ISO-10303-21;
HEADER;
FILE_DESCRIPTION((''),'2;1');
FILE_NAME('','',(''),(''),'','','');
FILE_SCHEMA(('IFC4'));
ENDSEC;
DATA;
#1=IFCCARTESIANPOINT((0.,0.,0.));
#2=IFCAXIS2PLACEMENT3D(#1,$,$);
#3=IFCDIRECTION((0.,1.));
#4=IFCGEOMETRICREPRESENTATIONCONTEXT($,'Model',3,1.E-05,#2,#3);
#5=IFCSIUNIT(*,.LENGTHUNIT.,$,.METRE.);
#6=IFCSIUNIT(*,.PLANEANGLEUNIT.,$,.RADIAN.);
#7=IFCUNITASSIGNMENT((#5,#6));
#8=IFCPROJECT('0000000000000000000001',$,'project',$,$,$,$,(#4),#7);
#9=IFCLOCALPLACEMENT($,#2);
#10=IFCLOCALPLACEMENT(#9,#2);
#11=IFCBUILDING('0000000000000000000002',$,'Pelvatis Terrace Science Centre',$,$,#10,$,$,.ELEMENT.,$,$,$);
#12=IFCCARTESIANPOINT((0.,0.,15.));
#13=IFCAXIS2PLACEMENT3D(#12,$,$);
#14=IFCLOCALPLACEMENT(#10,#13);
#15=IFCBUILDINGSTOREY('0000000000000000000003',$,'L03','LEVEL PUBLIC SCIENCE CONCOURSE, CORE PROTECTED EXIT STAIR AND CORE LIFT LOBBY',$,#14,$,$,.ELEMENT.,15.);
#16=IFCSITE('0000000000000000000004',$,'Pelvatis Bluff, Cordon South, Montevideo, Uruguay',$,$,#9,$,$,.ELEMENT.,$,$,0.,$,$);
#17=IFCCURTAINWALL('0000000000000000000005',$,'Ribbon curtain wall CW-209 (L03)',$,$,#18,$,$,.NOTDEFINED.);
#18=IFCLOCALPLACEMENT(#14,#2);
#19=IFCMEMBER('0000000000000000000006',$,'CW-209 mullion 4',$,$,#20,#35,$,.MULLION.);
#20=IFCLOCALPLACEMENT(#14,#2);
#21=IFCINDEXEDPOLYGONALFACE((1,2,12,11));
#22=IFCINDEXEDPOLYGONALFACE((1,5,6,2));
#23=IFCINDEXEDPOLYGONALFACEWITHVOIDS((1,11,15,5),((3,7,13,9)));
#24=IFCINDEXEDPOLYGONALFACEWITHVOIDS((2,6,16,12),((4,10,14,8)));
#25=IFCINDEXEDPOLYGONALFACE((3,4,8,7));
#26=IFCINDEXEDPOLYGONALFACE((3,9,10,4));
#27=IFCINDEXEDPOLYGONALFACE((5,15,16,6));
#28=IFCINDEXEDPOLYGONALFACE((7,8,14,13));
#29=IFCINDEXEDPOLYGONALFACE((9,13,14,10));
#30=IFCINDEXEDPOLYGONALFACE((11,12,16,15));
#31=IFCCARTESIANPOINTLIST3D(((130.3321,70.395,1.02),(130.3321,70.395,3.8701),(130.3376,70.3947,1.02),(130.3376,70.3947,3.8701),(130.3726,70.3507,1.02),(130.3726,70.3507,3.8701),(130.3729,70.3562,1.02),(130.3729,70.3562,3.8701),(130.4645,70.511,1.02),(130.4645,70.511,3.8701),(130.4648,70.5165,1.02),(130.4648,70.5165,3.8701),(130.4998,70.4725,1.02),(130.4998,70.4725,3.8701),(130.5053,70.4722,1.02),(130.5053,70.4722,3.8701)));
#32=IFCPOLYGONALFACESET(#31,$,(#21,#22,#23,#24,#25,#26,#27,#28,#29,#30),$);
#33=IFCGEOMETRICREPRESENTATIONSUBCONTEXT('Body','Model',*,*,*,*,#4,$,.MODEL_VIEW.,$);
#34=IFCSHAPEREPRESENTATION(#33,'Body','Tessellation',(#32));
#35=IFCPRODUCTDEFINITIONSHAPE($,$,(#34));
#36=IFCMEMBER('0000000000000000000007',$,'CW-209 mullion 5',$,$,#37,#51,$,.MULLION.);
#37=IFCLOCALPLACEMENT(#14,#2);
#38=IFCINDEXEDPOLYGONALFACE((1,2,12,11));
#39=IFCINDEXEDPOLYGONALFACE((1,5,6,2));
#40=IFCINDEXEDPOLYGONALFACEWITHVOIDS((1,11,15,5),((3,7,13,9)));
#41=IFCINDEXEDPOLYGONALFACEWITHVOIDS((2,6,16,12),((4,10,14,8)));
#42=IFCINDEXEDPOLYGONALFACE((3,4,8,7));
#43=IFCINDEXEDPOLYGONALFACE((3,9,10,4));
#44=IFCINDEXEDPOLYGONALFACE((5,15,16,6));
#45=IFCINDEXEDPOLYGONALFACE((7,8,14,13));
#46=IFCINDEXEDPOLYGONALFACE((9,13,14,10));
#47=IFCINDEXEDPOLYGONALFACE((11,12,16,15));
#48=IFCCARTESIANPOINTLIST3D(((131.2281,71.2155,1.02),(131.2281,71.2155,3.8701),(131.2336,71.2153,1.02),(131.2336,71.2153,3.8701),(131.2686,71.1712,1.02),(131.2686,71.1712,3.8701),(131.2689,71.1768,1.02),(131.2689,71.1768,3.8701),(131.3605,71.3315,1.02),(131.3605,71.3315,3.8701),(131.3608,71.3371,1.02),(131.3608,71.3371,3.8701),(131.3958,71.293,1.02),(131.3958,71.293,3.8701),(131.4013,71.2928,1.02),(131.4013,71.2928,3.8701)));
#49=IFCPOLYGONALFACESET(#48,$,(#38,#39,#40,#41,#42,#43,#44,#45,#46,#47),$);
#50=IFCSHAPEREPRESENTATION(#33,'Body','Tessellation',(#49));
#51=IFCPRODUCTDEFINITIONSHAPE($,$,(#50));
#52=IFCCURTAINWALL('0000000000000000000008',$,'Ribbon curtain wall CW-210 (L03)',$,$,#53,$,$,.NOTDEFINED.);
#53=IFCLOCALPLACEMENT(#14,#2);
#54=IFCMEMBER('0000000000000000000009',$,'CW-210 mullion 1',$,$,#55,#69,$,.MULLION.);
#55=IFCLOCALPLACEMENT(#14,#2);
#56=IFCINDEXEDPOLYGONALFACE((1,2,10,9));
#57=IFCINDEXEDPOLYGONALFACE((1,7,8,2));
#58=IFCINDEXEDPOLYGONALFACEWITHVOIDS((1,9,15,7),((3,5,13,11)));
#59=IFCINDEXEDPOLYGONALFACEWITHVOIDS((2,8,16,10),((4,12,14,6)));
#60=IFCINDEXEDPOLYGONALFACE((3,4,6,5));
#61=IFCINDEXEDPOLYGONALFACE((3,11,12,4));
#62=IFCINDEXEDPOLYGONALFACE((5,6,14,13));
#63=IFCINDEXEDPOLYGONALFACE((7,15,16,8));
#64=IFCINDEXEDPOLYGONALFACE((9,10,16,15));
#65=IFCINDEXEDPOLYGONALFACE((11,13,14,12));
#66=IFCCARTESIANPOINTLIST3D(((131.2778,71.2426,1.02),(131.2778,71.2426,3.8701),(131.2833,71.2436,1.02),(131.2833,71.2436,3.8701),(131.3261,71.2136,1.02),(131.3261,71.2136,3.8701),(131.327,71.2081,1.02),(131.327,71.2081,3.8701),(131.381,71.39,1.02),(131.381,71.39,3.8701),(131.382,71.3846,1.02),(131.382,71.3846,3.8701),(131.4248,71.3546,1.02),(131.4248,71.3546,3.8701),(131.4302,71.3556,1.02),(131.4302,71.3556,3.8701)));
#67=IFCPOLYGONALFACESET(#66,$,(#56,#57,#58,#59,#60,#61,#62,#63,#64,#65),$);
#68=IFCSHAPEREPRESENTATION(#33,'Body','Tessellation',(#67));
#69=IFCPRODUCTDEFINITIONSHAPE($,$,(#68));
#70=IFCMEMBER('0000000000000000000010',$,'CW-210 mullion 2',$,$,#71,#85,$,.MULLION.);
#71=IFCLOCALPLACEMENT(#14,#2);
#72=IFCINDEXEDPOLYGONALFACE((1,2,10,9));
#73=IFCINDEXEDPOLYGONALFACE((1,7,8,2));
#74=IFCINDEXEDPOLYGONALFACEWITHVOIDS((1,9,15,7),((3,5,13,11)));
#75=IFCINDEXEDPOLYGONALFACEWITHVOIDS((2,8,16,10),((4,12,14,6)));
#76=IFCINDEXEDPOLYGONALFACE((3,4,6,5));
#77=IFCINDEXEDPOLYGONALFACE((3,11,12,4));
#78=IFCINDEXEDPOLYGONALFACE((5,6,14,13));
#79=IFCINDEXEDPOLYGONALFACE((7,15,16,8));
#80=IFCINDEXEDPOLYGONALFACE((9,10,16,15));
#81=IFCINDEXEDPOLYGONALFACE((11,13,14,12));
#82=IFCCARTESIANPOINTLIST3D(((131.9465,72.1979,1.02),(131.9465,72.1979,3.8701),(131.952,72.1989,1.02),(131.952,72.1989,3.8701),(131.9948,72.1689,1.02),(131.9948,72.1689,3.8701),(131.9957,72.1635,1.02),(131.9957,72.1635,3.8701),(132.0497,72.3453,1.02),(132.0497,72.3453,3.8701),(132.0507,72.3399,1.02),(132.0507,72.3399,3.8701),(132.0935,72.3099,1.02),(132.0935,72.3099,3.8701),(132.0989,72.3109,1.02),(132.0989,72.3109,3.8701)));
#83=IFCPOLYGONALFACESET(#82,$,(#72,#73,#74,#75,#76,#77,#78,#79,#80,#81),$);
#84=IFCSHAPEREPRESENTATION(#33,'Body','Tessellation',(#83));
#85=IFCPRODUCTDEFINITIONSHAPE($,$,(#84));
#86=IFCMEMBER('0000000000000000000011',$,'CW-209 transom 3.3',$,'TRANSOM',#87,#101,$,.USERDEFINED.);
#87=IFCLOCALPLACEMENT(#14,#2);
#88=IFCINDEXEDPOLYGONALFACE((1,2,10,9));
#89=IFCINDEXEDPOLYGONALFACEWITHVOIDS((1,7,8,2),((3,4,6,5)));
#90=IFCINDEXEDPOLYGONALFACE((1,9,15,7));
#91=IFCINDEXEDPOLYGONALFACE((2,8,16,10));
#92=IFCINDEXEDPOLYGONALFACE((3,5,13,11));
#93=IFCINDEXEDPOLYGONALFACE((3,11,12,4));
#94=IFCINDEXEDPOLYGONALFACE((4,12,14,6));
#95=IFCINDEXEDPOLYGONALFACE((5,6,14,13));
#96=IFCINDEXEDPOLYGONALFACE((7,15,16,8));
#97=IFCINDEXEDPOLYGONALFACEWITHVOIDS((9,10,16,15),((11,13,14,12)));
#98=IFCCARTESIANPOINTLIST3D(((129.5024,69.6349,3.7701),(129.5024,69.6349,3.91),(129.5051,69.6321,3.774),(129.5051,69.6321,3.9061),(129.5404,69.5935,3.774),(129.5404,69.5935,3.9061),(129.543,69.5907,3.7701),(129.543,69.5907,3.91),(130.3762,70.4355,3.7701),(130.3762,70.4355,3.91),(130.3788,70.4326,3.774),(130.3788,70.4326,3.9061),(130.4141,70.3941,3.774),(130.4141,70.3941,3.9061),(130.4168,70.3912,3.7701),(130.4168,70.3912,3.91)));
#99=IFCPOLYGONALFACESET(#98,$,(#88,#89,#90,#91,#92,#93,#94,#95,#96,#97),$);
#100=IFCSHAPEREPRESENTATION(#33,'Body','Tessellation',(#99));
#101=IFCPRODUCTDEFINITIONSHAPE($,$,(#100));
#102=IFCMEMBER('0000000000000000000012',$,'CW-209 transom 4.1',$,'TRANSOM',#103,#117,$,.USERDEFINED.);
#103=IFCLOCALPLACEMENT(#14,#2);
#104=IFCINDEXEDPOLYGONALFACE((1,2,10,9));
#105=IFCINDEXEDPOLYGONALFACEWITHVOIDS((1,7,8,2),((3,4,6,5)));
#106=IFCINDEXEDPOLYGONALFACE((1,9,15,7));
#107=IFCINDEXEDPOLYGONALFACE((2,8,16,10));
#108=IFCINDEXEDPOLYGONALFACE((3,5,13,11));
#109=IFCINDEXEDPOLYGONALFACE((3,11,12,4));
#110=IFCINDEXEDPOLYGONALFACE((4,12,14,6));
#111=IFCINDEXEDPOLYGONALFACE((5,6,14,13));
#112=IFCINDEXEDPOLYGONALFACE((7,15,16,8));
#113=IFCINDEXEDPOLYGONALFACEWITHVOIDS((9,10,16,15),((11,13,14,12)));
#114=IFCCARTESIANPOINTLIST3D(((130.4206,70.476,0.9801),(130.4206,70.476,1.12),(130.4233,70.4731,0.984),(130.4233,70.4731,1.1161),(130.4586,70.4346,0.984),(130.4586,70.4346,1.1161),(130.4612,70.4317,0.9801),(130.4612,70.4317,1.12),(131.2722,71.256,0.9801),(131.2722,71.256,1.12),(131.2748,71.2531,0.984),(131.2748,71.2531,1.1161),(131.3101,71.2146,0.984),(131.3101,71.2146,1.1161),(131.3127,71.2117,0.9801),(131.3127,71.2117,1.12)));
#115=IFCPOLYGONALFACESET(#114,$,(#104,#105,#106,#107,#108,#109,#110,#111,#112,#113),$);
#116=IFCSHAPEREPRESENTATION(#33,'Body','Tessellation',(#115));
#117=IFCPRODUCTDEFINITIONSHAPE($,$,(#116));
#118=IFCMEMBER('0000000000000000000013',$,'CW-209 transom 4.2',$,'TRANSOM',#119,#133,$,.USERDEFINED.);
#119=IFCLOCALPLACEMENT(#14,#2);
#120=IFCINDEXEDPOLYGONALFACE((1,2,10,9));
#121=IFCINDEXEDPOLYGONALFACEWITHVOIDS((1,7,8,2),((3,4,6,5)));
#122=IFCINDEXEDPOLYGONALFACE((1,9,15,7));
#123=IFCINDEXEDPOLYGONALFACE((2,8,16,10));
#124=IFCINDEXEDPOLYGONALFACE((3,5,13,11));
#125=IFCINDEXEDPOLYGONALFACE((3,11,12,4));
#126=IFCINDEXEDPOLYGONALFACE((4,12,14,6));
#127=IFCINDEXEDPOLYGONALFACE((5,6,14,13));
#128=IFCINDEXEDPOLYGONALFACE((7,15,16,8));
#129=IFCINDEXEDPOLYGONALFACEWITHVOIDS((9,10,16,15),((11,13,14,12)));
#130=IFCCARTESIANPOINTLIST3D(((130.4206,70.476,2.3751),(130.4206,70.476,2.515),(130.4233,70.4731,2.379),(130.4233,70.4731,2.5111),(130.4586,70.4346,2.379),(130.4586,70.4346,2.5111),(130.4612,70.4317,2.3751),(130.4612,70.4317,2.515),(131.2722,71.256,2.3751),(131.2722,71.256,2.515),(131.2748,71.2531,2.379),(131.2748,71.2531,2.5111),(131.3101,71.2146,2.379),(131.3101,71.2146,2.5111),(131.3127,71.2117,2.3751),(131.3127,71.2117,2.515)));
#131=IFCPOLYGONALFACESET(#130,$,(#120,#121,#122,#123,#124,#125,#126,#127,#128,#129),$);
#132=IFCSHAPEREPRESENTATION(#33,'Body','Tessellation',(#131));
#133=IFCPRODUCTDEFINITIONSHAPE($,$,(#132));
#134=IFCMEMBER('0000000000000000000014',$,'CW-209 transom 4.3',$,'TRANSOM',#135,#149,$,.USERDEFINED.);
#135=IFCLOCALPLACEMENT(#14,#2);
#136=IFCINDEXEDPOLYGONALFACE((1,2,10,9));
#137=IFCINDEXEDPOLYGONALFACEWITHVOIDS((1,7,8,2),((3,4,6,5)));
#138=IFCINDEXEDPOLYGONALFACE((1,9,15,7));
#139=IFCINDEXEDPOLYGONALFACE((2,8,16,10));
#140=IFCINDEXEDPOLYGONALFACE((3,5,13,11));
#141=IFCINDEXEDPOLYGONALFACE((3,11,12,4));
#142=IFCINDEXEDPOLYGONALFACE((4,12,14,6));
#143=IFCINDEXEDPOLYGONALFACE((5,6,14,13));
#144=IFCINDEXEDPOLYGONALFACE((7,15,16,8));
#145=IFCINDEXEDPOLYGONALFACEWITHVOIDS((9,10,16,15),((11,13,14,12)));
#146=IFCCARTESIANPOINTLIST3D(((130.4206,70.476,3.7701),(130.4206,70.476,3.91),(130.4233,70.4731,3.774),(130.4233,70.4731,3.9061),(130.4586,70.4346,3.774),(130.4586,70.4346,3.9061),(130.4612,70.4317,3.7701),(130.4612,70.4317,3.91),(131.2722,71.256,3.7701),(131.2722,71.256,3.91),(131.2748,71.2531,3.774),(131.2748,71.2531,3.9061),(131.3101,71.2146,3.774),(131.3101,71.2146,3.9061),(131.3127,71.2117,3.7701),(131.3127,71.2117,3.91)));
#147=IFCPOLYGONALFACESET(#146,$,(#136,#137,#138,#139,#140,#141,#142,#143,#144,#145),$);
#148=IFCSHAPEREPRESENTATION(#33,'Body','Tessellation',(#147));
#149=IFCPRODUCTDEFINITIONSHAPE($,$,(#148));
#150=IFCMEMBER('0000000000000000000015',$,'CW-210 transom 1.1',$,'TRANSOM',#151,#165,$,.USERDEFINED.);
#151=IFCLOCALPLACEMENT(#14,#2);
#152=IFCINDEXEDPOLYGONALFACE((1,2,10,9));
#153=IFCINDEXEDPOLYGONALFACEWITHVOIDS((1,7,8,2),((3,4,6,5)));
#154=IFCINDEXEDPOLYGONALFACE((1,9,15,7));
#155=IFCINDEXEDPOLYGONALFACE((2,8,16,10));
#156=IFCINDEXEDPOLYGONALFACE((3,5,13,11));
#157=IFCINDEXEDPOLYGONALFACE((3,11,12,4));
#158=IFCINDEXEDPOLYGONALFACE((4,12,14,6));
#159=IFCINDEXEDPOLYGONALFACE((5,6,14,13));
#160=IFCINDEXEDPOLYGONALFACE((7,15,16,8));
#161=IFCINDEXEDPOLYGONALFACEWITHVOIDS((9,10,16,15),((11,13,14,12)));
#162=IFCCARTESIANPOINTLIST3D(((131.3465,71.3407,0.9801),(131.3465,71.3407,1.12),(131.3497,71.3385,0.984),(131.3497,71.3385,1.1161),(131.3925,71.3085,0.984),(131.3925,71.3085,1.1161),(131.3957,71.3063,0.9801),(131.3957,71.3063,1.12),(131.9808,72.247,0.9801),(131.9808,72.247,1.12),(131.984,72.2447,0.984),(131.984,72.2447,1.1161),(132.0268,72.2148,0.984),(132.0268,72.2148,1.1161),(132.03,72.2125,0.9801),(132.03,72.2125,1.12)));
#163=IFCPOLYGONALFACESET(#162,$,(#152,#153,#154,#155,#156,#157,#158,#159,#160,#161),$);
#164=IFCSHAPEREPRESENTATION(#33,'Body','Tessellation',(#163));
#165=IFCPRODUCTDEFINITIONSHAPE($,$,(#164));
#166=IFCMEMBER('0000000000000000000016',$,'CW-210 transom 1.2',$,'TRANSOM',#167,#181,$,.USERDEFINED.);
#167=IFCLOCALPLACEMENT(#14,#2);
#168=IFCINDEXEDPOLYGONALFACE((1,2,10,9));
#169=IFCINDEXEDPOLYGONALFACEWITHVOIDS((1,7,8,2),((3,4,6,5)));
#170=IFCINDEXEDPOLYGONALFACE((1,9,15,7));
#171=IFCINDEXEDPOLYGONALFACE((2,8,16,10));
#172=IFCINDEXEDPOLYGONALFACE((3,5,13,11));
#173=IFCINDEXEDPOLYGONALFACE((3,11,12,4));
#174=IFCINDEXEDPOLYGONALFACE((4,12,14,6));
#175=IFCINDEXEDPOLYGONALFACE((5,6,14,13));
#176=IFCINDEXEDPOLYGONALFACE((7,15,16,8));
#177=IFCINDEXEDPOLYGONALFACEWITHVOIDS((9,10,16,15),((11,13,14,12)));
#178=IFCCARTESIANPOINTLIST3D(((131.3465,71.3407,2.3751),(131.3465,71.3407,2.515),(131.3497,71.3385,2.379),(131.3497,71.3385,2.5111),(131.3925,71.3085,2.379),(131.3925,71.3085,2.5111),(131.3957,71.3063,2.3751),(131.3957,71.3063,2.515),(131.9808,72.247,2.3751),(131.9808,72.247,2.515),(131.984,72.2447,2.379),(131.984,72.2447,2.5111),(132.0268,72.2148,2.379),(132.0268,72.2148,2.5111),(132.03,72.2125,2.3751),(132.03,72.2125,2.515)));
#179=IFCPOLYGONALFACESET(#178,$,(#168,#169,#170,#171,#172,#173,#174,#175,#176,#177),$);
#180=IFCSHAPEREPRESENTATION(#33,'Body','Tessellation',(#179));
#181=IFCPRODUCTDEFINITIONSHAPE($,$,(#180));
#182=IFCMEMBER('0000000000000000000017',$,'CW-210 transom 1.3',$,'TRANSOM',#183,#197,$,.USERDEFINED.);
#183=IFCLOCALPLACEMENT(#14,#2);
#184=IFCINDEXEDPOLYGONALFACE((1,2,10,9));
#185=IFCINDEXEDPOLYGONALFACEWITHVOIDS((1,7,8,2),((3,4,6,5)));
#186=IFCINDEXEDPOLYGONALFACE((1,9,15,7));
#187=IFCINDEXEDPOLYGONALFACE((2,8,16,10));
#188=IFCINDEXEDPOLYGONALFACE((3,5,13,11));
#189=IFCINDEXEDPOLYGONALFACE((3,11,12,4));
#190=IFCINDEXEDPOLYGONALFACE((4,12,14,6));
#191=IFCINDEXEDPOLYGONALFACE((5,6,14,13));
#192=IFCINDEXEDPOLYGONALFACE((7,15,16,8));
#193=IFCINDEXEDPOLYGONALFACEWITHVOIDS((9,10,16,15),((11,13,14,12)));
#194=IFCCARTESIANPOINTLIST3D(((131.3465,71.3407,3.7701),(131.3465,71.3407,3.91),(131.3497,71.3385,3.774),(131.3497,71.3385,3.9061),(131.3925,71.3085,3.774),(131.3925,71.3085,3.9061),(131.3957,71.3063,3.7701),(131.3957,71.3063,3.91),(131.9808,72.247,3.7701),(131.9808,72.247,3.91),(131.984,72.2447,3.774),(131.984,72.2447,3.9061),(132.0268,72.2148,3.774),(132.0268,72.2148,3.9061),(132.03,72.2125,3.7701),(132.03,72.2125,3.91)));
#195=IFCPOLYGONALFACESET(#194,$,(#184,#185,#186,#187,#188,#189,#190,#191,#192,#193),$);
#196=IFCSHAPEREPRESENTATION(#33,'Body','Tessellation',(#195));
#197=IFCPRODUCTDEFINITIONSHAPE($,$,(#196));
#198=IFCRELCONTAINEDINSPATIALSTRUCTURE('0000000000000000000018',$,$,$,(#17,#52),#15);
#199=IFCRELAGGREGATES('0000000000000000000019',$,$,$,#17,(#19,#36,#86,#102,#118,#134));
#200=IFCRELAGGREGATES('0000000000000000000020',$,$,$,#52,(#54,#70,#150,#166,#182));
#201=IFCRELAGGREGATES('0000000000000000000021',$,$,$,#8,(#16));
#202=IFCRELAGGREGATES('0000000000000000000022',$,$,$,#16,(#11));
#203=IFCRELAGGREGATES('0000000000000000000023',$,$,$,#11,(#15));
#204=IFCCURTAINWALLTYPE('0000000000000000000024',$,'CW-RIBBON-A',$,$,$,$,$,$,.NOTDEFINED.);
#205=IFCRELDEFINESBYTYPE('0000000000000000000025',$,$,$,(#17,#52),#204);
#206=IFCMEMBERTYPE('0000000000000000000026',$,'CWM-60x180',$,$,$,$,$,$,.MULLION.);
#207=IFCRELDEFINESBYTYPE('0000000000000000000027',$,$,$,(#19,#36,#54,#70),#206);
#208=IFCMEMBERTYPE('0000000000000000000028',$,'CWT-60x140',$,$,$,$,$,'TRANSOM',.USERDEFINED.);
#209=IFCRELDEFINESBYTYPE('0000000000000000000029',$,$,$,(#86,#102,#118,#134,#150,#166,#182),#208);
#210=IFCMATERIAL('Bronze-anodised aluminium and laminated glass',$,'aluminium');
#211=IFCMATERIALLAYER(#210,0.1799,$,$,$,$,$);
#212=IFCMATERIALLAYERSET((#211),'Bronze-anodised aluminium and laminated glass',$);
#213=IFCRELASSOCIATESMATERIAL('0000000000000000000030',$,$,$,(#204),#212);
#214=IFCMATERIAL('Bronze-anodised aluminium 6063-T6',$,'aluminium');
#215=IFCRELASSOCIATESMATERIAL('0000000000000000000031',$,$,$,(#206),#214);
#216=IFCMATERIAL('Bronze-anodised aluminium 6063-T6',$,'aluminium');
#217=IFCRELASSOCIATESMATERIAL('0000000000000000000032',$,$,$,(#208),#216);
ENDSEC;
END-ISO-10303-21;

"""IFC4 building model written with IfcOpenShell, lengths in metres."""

from ifc_helpers import new_model, si_unit, direction, frame, origin, origin_2d, place, context, subcontext, project, spatial, hollow_rectangle, extrude, material, layer, layer_set, material_profile, profile_set, type_object, element, aggregate, save


model = new_model("IFC4")

# Units and contexts
model_context = context("Model", 3, precision=1e-05, world=origin(), true_north=direction((0.0, 1.0)))
body_context = subcontext(model_context, "Body", "Model", "MODEL_VIEW")
ifc_project = project(units=[si_unit("LENGTHUNIT", "METRE"), si_unit("PLANEANGLEUNIT", "RADIAN")], contexts=[model_context])

# Site, building, storey
site_placement = place(None, origin())
site = spatial("IfcSite", under=ifc_project, at=site_placement, Name="Pelvatis Bluff, Cordon South, Montevideo, Uruguay", CompositionType="ELEMENT", RefElevation=0.0)
building_placement = place(site_placement, origin())
building = spatial("IfcBuilding", under=site, at=building_placement, Name="Pelvatis Terrace Science Centre", CompositionType="ELEMENT")
storey_placement = place(building_placement, frame((0.0, 0.0, 15.0)))
storey = spatial("IfcBuildingStorey", under=building, at=storey_placement, Name="L03", Description="LEVEL PUBLIC SCIENCE CONCOURSE, CORE PROTECTED EXIT STAIR AND CORE LIFT LOBBY", CompositionType="ELEMENT", Elevation=15.0)

# Curtain walls, members
ifc_material_1 = material(Name="Bronze-anodised aluminium and laminated glass", Category="aluminium")
ifc_layer_1 = layer(ifc_material_1, 0.1799)
ifc_layer_set_1 = layer_set([ifc_layer_1], Name="Bronze-anodised aluminium and laminated glass")
curtain_wall_type = type_object("IfcCurtainWallType", Name="CW-RIBBON-A", PredefinedType="NOTDEFINED", material=ifc_layer_set_1)
curtain_wall_1_placement = place(storey_placement, origin())
curtain_wall_1 = element("IfcCurtainWall", 1, at=curtain_wall_1_placement, inside=storey, type_object=curtain_wall_type, Name="Ribbon curtain wall CW-209 (L03)", PredefinedType="NOTDEFINED")
ifc_material_2 = material(Name="Bronze-anodised aluminium 6063-T6", Category="aluminium")
ifc_material_profile_1 = material_profile(ifc_material_2, hollow_rectangle(XDim=0.0601, YDim=0.1799, WallThickness=0.0039, at=origin_2d()), Name="ALU-MUL 60x180")
ifc_profile_set_1 = profile_set([ifc_material_profile_1], Name="Bronze-anodised aluminium 6063-T6")
member_type_1 = type_object("IfcMemberType", Name="CWM-60x180", PredefinedType="MULLION", material=ifc_profile_set_1)
member_1_placement = place(storey_placement, frame((130.4187, 70.4336, 1.02), z_axis=(0.0, 0.0, 1.0), x_axis=(-0.675452, 0.737404, 0.0)))
member_1 = element("IfcMember", 2, at=member_1_placement, type_object=member_type_1, Name="CW-209 mullion 4", PredefinedType="MULLION", context=body_context, shape_type="SweptSolid", body=[
    extrude(hollow_rectangle(XDim=0.0601, YDim=0.1799, WallThickness=0.0039, at=origin_2d()), origin(), (0.0, 0.0, 1.0), 2.8501),
])
member_2_placement = place(storey_placement, frame((131.3147, 71.2542, 1.02), z_axis=(0.0, 0.0, 1.0), x_axis=(-0.675452, 0.737404, 0.0)))
member_2 = element("IfcMember", 3, at=member_2_placement, type_object=member_type_1, Name="CW-209 mullion 5", PredefinedType="MULLION", context=body_context, shape_type="SweptSolid", body=[
    extrude(hollow_rectangle(XDim=0.0601, YDim=0.1799, WallThickness=0.0039, at=origin_2d()), origin(), (0.0, 0.0, 1.0), 2.8501),
])
curtain_wall_2_placement = place(storey_placement, origin())
curtain_wall_2 = element("IfcCurtainWall", 4, at=curtain_wall_2_placement, inside=storey, type_object=curtain_wall_type, Name="Ribbon curtain wall CW-210 (L03)", PredefinedType="NOTDEFINED")
member_3_placement = place(storey_placement, frame((131.354, 71.2991, 1.02), z_axis=(0.0, 0.0, 1.0), x_axis=(-0.819228, 0.573468, 0.0)))
member_3 = element("IfcMember", 5, at=member_3_placement, type_object=member_type_1, Name="CW-210 mullion 1", PredefinedType="MULLION", context=body_context, shape_type="SweptSolid", body=[
    extrude(hollow_rectangle(XDim=0.0601, YDim=0.1799, WallThickness=0.0039, at=origin_2d()), origin(), (0.0, 0.0, 1.0), 2.8501),
])
member_4_placement = place(storey_placement, frame((132.0227, 72.2544, 1.02), z_axis=(0.0, 0.0, 1.0), x_axis=(-0.819228, 0.573468, 0.0)))
member_4 = element("IfcMember", 6, at=member_4_placement, type_object=member_type_1, Name="CW-210 mullion 2", PredefinedType="MULLION", context=body_context, shape_type="SweptSolid", body=[
    extrude(hollow_rectangle(XDim=0.0601, YDim=0.1799, WallThickness=0.0039, at=origin_2d()), origin(), (0.0, 0.0, 1.0), 2.8501),
])

# Members
ifc_material_3 = material(Name="Bronze-anodised aluminium 6063-T6", Category="aluminium")
ifc_material_profile_2 = material_profile(ifc_material_3, hollow_rectangle(XDim=0.0601, YDim=0.1399, WallThickness=0.0039, at=origin_2d()), Name="ALU-TRN 60x140")
ifc_profile_set_2 = profile_set([ifc_material_profile_2], Name="Bronze-anodised aluminium 6063-T6")
member_type_2 = type_object("IfcMemberType", Name="CWT-60x140", ElementType="TRANSOM", PredefinedType="USERDEFINED", material=ifc_profile_set_2)
member_5_placement = place(storey_placement, frame((129.5227, 69.6128, 3.8401), z_axis=(0.737334, 0.675529, 0.0), x_axis=(-0.675529, 0.737334, 0.0)))
member_5 = element("IfcMember", 7, at=member_5_placement, type_object=member_type_2, Name="CW-209 transom 3.3", ObjectType="TRANSOM", PredefinedType="USERDEFINED", context=body_context, shape_type="SweptSolid", body=[
    extrude(hollow_rectangle(XDim=0.0601, YDim=0.1399, WallThickness=0.0039, at=origin_2d()), origin(), (0.0, 0.0, 1.0), 1.1851),
])
member_6_placement = place(storey_placement, frame((130.4409, 70.4539, 1.05), z_axis=(0.7374, 0.675457, 0.0), x_axis=(-0.675457, 0.7374, 0.0)))
member_6 = element("IfcMember", 8, at=member_6_placement, type_object=member_type_2, Name="CW-209 transom 4.1", ObjectType="TRANSOM", PredefinedType="USERDEFINED", context=body_context, shape_type="SweptSolid", body=[
    extrude(hollow_rectangle(XDim=0.0601, YDim=0.1399, WallThickness=0.0039, at=origin_2d()), origin(), (0.0, 0.0, 1.0), 1.1548),
])
member_7_placement = place(storey_placement, frame((130.4409, 70.4539, 2.4451), z_axis=(0.7374, 0.675457, 0.0), x_axis=(-0.675457, 0.7374, 0.0)))
member_7 = element("IfcMember", 9, at=member_7_placement, type_object=member_type_2, Name="CW-209 transom 4.2", ObjectType="TRANSOM", PredefinedType="USERDEFINED", context=body_context, shape_type="SweptSolid", body=[
    extrude(hollow_rectangle(XDim=0.0601, YDim=0.1399, WallThickness=0.0039, at=origin_2d()), origin(), (0.0, 0.0, 1.0), 1.1548),
])
member_8_placement = place(storey_placement, frame((130.4409, 70.4539, 3.8401), z_axis=(0.7374, 0.675457, 0.0), x_axis=(-0.675457, 0.7374, 0.0)))
member_8 = element("IfcMember", 10, at=member_8_placement, type_object=member_type_2, Name="CW-209 transom 4.3", ObjectType="TRANSOM", PredefinedType="USERDEFINED", context=body_context, shape_type="SweptSolid", body=[
    extrude(hollow_rectangle(XDim=0.0601, YDim=0.1399, WallThickness=0.0039, at=origin_2d()), origin(), (0.0, 0.0, 1.0), 1.1548),
])
member_9_placement = place(storey_placement, frame((131.3711, 71.3235, 1.05), z_axis=(0.573403, 0.819273, 0.0), x_axis=(-0.819273, 0.573403, 0.0)))
member_9 = element("IfcMember", 11, at=member_9_placement, type_object=member_type_2, Name="CW-210 transom 1.1", ObjectType="TRANSOM", PredefinedType="USERDEFINED", context=body_context, shape_type="SweptSolid", body=[
    extrude(hollow_rectangle(XDim=0.0601, YDim=0.1399, WallThickness=0.0039, at=origin_2d()), origin(), (0.0, 0.0, 1.0), 1.1062),
])
member_10_placement = place(storey_placement, frame((131.3711, 71.3235, 2.4451), z_axis=(0.573403, 0.819273, 0.0), x_axis=(-0.819273, 0.573403, 0.0)))
member_10 = element("IfcMember", 12, at=member_10_placement, type_object=member_type_2, Name="CW-210 transom 1.2", ObjectType="TRANSOM", PredefinedType="USERDEFINED", context=body_context, shape_type="SweptSolid", body=[
    extrude(hollow_rectangle(XDim=0.0601, YDim=0.1399, WallThickness=0.0039, at=origin_2d()), origin(), (0.0, 0.0, 1.0), 1.1062),
])
member_11_placement = place(storey_placement, frame((131.3711, 71.3235, 3.8401), z_axis=(0.573403, 0.819273, 0.0), x_axis=(-0.819273, 0.573403, 0.0)))
member_11 = element("IfcMember", 13, at=member_11_placement, type_object=member_type_2, Name="CW-210 transom 1.3", ObjectType="TRANSOM", PredefinedType="USERDEFINED", context=body_context, shape_type="SweptSolid", body=[
    extrude(hollow_rectangle(XDim=0.0601, YDim=0.1399, WallThickness=0.0039, at=origin_2d()), origin(), (0.0, 0.0, 1.0), 1.1062),
])

aggregate(curtain_wall_1, [member_1, member_2, member_5, member_6, member_7, member_8])
aggregate(curtain_wall_2, [member_3, member_4, member_9, member_10, member_11])

save(model, "model.ifc")
